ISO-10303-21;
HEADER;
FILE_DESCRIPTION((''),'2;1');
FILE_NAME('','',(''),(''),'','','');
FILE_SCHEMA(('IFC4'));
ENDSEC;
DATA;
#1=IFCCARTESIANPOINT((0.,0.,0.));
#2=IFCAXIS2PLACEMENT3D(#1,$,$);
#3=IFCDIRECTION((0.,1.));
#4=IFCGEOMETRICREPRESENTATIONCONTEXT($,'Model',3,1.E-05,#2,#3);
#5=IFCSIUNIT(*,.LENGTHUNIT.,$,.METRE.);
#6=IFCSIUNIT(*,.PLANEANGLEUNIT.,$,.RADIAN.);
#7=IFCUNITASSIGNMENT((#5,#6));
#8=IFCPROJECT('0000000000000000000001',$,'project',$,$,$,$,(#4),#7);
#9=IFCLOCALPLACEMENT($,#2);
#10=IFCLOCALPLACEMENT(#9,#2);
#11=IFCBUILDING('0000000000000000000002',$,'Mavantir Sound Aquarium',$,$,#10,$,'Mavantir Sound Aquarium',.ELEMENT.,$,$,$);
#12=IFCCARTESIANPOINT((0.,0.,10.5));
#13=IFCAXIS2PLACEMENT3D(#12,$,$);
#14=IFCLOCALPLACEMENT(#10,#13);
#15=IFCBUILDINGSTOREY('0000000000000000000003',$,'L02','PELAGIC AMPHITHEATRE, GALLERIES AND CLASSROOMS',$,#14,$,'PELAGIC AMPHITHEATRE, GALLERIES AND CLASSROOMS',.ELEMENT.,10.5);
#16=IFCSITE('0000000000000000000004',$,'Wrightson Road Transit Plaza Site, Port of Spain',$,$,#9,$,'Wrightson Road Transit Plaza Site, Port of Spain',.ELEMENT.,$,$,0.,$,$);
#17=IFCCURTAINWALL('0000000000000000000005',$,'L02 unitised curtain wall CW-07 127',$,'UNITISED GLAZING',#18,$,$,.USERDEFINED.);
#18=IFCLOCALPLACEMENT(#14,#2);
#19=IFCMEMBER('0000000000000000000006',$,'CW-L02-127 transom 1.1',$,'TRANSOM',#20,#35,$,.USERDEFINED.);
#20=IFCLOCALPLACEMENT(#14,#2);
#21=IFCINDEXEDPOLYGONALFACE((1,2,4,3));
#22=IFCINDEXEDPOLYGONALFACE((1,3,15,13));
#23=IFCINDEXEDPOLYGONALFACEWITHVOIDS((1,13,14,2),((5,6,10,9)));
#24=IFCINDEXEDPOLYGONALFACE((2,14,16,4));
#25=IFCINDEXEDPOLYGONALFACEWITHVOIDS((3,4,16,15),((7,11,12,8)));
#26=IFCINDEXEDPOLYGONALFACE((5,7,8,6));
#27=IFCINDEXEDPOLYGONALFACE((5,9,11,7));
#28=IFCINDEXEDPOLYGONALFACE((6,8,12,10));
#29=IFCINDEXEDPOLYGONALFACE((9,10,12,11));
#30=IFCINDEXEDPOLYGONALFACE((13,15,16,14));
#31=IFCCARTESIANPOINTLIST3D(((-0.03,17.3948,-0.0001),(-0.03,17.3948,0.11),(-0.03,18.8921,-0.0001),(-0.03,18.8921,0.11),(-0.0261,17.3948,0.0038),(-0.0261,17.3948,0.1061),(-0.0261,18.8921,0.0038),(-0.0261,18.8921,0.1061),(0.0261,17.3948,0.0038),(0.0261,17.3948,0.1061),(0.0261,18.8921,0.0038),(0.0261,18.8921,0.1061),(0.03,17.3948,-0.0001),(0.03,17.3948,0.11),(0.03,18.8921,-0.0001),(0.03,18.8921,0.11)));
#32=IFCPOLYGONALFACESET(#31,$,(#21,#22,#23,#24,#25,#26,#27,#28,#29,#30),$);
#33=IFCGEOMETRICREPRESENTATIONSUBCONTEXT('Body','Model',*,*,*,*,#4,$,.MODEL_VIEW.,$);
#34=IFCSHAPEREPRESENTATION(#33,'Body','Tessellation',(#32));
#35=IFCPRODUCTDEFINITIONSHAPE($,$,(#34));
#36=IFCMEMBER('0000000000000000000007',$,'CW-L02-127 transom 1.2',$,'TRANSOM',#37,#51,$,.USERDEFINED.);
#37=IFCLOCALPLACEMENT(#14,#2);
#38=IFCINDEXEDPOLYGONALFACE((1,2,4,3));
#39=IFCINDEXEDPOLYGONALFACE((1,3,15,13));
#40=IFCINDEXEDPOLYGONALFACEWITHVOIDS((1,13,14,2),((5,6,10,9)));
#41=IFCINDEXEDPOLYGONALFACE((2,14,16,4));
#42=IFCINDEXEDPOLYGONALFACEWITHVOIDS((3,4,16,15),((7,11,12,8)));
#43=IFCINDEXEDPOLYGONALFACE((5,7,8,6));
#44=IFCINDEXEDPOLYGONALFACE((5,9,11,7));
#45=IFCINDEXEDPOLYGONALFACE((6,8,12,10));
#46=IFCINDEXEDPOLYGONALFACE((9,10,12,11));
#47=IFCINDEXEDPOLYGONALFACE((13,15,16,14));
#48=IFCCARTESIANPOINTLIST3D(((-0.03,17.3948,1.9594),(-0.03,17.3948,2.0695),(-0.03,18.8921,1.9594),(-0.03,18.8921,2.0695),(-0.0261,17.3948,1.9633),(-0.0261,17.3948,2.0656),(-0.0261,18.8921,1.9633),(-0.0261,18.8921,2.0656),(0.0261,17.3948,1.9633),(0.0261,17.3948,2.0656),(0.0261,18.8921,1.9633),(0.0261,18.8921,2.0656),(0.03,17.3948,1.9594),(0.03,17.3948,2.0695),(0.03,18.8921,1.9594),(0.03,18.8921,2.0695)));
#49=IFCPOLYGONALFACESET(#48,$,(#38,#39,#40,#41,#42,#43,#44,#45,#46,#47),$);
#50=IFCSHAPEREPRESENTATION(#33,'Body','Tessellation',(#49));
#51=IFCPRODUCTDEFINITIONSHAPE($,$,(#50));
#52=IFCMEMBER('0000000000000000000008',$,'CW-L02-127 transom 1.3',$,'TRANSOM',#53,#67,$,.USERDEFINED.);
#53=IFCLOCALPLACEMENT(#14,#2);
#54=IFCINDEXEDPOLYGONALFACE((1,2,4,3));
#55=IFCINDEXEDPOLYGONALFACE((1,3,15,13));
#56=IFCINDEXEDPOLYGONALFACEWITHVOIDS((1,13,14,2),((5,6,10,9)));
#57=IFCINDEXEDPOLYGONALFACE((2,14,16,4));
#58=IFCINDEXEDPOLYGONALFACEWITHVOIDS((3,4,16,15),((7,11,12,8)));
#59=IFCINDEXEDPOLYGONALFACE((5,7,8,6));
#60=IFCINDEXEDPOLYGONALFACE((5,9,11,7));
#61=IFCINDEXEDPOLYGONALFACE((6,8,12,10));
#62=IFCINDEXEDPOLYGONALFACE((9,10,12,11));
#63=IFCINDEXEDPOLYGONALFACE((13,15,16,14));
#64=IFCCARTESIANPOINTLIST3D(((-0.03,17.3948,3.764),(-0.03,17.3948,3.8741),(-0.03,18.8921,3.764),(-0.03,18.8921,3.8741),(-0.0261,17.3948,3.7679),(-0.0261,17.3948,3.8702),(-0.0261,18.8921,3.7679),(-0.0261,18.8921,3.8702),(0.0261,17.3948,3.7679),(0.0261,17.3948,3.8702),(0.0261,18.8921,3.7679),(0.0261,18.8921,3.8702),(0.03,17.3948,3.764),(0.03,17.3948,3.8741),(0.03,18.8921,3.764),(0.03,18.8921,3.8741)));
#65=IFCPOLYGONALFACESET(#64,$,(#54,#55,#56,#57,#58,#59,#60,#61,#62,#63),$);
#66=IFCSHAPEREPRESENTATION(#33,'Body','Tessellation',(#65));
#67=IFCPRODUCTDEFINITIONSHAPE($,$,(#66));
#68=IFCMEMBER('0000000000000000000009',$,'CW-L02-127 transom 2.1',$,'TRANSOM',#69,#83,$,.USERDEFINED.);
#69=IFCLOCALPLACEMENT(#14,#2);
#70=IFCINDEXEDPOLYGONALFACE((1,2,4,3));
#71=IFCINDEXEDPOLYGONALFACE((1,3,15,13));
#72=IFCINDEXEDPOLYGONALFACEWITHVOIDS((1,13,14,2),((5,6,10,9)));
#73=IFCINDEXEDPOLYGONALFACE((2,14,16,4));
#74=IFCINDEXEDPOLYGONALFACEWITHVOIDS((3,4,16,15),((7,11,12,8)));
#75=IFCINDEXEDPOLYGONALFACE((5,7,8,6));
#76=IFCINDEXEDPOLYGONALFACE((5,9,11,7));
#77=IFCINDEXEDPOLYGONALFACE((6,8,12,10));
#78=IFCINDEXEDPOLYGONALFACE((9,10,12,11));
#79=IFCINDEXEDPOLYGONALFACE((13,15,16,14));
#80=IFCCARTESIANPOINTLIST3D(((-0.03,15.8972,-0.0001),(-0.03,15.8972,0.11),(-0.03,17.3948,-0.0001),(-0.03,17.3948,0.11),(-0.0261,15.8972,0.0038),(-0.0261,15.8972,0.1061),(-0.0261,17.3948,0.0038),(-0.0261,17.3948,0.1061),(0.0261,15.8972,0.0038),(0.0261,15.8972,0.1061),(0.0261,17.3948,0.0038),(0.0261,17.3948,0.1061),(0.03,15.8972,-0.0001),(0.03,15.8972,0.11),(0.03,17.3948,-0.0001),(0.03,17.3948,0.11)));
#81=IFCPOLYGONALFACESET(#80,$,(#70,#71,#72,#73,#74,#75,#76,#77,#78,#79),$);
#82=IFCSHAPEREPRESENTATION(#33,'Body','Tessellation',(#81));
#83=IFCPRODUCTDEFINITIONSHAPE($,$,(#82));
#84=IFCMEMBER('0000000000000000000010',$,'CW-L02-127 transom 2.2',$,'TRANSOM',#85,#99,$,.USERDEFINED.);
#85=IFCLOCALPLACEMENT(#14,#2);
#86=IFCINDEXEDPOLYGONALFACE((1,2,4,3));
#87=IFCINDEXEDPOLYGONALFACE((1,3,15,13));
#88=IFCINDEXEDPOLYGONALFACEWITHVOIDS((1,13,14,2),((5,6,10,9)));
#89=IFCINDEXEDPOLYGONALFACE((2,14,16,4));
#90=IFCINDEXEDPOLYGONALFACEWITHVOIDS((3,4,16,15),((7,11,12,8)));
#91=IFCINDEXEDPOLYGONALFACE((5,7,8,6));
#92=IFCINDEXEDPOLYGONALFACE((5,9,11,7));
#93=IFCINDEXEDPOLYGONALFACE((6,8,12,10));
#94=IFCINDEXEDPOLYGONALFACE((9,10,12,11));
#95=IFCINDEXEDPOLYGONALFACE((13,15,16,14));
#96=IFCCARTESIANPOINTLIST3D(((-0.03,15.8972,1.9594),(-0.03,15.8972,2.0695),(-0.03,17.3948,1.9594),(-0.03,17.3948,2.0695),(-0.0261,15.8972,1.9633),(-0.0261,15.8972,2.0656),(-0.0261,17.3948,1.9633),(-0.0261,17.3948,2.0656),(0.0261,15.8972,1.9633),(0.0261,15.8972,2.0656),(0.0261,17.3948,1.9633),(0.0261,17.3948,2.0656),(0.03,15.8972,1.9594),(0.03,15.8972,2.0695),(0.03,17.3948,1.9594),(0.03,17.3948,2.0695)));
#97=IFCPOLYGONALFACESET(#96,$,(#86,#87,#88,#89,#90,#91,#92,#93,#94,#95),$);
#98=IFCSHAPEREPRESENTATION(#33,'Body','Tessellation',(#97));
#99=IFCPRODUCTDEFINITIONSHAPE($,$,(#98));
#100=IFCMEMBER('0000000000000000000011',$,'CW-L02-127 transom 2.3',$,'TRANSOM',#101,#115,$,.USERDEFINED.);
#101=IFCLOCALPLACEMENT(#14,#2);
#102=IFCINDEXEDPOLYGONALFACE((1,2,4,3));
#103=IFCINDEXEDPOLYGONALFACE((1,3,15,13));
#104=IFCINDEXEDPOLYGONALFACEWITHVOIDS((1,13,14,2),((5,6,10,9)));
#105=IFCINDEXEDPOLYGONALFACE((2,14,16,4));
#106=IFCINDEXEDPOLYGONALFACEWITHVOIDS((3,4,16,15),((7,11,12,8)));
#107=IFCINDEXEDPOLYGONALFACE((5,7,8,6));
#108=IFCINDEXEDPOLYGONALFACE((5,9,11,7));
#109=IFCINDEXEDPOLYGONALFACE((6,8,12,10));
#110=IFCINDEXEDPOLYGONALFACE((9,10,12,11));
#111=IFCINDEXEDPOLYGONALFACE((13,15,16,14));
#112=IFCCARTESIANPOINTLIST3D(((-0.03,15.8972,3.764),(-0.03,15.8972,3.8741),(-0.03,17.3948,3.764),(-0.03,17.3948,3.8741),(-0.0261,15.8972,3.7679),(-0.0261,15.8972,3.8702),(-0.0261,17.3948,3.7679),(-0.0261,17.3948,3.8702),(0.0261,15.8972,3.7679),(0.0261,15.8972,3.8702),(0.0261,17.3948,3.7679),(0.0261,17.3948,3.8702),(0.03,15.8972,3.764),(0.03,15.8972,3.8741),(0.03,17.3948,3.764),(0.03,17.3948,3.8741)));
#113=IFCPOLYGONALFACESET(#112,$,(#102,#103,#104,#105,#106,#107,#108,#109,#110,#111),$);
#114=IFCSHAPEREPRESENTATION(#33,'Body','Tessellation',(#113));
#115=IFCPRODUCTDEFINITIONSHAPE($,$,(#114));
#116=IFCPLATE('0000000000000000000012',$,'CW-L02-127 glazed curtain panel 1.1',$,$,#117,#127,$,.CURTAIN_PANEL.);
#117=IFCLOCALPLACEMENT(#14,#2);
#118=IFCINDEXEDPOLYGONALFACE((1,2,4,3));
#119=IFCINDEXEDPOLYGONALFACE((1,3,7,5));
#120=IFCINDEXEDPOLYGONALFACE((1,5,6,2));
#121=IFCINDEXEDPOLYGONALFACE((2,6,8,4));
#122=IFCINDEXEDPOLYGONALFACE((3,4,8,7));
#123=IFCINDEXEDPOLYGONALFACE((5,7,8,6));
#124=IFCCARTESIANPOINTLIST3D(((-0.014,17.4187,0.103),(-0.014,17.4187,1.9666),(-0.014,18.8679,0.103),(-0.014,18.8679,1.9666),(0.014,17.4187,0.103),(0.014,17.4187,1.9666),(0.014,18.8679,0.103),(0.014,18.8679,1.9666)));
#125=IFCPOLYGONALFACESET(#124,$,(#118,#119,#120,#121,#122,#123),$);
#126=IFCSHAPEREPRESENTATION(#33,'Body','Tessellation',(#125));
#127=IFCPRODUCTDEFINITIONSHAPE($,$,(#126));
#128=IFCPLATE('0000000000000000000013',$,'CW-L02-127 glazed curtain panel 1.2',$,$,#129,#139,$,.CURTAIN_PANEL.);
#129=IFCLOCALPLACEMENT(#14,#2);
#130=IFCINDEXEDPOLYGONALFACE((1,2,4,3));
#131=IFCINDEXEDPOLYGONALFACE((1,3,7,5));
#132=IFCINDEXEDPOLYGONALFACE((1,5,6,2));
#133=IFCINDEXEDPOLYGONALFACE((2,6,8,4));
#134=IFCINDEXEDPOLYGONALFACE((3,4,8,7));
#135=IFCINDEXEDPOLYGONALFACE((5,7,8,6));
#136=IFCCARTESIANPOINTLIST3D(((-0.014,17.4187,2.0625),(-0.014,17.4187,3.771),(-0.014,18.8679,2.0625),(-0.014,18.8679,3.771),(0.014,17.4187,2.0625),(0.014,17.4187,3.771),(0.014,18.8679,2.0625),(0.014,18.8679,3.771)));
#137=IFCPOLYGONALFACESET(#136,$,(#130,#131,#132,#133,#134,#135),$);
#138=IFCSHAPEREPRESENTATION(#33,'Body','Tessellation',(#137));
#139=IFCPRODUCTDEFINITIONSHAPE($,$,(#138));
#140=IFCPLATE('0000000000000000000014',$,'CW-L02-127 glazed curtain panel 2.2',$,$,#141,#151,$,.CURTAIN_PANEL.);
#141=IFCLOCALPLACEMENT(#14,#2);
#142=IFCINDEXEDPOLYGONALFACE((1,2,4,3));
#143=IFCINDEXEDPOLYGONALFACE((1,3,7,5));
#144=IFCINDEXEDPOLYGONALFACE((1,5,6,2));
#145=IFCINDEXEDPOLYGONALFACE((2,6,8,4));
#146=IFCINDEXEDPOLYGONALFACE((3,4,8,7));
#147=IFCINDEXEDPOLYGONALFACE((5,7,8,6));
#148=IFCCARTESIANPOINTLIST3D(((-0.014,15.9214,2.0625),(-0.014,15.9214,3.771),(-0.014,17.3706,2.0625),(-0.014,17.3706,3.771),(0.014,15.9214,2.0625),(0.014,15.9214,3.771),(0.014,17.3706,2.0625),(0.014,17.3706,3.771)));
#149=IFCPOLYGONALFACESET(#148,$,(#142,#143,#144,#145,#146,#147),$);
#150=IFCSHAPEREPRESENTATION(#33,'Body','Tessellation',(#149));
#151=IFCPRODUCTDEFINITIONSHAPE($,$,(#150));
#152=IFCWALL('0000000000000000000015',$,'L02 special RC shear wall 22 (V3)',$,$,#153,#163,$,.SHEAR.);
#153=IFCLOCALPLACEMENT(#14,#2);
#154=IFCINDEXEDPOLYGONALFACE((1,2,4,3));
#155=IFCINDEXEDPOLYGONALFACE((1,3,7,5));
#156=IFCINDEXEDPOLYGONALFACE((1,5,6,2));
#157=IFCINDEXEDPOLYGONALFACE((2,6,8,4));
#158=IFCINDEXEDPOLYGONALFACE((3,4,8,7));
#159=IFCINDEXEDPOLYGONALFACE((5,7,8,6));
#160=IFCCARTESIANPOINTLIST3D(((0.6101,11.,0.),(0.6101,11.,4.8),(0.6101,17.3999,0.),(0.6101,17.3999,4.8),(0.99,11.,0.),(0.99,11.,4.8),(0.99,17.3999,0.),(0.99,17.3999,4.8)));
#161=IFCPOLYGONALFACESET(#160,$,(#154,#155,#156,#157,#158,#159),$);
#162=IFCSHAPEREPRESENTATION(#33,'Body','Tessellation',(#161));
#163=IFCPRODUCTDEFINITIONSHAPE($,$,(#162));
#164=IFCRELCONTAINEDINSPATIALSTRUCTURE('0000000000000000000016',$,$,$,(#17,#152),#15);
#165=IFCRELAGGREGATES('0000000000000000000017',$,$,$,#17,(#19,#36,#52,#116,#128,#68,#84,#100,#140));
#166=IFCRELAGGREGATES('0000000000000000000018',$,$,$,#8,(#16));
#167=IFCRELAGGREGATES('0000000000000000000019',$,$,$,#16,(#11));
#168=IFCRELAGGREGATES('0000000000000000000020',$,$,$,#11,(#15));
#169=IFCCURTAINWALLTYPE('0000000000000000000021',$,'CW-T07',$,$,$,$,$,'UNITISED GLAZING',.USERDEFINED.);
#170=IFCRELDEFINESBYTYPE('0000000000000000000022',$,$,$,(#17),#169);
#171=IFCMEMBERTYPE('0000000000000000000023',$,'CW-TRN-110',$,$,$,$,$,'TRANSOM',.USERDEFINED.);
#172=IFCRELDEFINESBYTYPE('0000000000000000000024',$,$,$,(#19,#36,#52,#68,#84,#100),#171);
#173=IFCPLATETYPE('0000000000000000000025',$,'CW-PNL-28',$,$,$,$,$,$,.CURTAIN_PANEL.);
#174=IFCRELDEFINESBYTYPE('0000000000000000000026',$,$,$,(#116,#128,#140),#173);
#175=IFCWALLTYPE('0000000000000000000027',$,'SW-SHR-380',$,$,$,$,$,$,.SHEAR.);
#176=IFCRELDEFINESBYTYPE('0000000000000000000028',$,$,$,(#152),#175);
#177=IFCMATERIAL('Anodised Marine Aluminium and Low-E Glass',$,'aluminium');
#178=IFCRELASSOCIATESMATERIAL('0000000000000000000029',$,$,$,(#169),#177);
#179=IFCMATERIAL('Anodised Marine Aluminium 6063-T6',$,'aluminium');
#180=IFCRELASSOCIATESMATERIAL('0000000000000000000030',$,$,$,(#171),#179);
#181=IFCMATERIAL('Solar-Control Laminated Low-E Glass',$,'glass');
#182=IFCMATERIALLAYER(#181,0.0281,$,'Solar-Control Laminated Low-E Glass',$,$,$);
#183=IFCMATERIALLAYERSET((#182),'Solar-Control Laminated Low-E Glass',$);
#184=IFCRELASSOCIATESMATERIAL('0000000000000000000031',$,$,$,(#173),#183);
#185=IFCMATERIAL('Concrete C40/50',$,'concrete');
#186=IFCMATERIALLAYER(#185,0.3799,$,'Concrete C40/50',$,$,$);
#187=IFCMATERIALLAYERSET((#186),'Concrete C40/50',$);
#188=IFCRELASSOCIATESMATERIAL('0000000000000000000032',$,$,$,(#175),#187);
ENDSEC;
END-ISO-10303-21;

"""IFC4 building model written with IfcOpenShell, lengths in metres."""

from ifc_helpers import new_model, si_unit, direction, frame, frame_2d, origin, origin_2d, place, context, subcontext, project, spatial, rectangle, hollow_rectangle, extrude, material, layer, layer_set, material_profile, profile_set, type_object, element, aggregate, save


model = new_model("IFC4")

# Units and contexts
model_context = context("Model", 3, precision=1e-05, world=origin(), true_north=direction((0.0, 1.0)))
body_context = subcontext(model_context, "Body", "Model", "MODEL_VIEW")
ifc_project = project(units=[si_unit("LENGTHUNIT", "METRE"), si_unit("PLANEANGLEUNIT", "RADIAN")], contexts=[model_context])

# Site, building, storey
site_placement = place(None, origin())
site = spatial("IfcSite", under=ifc_project, at=site_placement, Name="Wrightson Road Transit Plaza Site, Port of Spain", LongName="Wrightson Road Transit Plaza Site, Port of Spain", CompositionType="ELEMENT", RefElevation=0.0)
building_placement = place(site_placement, origin())
building = spatial("IfcBuilding", under=site, at=building_placement, Name="Mavantir Sound Aquarium", LongName="Mavantir Sound Aquarium", CompositionType="ELEMENT")
storey_placement = place(building_placement, frame((0.0, 0.0, 10.5)))
storey = spatial("IfcBuildingStorey", under=building, at=storey_placement, Name="L02", Description="PELAGIC AMPHITHEATRE, GALLERIES AND CLASSROOMS", LongName="PELAGIC AMPHITHEATRE, GALLERIES AND CLASSROOMS", CompositionType="ELEMENT", Elevation=10.5)

# Shared definitions
ifc_material_1 = material(Name="Concrete C40/50", Category="concrete")

# Curtain wall, members, plates
ifc_material_2 = material(Name="Anodised Marine Aluminium and Low-E Glass", Category="aluminium")
curtain_wall_type = type_object("IfcCurtainWallType", Name="CW-T07", ElementType="UNITISED GLAZING", PredefinedType="USERDEFINED", material=ifc_material_2)
curtain_wall_placement = place(storey_placement, origin())
curtain_wall = element("IfcCurtainWall", 1, at=curtain_wall_placement, inside=storey, type_object=curtain_wall_type, Name="L02 unitised curtain wall CW-07 127", ObjectType="UNITISED GLAZING", PredefinedType="USERDEFINED")
ifc_material_3 = material(Name="Anodised Marine Aluminium 6063-T6", Category="aluminium")
ifc_material_profile_1 = material_profile(ifc_material_3, hollow_rectangle(XDim=0.0601, YDim=0.1101, WallThickness=0.0039, at=origin_2d()), Name="ALU-TRANSOM-110X60")
ifc_profile_set_1 = profile_set([ifc_material_profile_1], Name="Anodised Marine Aluminium 6063-T6")
member_type_1 = type_object("IfcMemberType", Name="CW-TRN-110", ElementType="TRANSOM", PredefinedType="USERDEFINED", material=ifc_profile_set_1)
member_1_placement = place(storey_placement, frame((0.0, 18.8921, 0.0549), z_axis=(0.0, -1.0, 0.0), x_axis=(1.0, 0.0, 0.0)))
member_1 = element("IfcMember", 2, at=member_1_placement, type_object=member_type_1, Name="CW-L02-127 transom 1.1", ObjectType="TRANSOM", PredefinedType="USERDEFINED", context=body_context, shape_type="SweptSolid", body=[
    extrude(hollow_rectangle(XDim=0.0601, YDim=0.1101, WallThickness=0.0039, at=origin_2d()), origin(), (0.0, 0.0, 1.0), 1.4973),
])
member_2_placement = place(storey_placement, frame((0.0, 18.8921, 2.0144), z_axis=(0.0, -1.0, 0.0), x_axis=(1.0, 0.0, 0.0)))
member_2 = element("IfcMember", 3, at=member_2_placement, type_object=member_type_1, Name="CW-L02-127 transom 1.2", ObjectType="TRANSOM", PredefinedType="USERDEFINED", context=body_context, shape_type="SweptSolid", body=[
    extrude(hollow_rectangle(XDim=0.0601, YDim=0.1101, WallThickness=0.0039, at=origin_2d()), origin(), (0.0, 0.0, 1.0), 1.4973),
])
member_3_placement = place(storey_placement, frame((0.0, 18.8921, 3.8191), z_axis=(0.0, -1.0, 0.0), x_axis=(1.0, 0.0, 0.0)))
member_3 = element("IfcMember", 4, at=member_3_placement, type_object=member_type_1, Name="CW-L02-127 transom 1.3", ObjectType="TRANSOM", PredefinedType="USERDEFINED", context=body_context, shape_type="SweptSolid", body=[
    extrude(hollow_rectangle(XDim=0.0601, YDim=0.1101, WallThickness=0.0039, at=origin_2d()), origin(), (0.0, 0.0, 1.0), 1.4973),
])
member_4_placement = place(storey_placement, frame((0.0, 17.3948, 0.0549), z_axis=(0.0, -1.0, 0.0), x_axis=(1.0, 0.0, 0.0)))
member_4 = element("IfcMember", 5, at=member_4_placement, type_object=member_type_1, Name="CW-L02-127 transom 2.1", ObjectType="TRANSOM", PredefinedType="USERDEFINED", context=body_context, shape_type="SweptSolid", body=[
    extrude(hollow_rectangle(XDim=0.0601, YDim=0.1101, WallThickness=0.0039, at=origin_2d()), origin(), (0.0, 0.0, 1.0), 1.4976),
])
member_5_placement = place(storey_placement, frame((0.0, 17.3948, 2.0144), z_axis=(0.0, -1.0, 0.0), x_axis=(1.0, 0.0, 0.0)))
member_5 = element("IfcMember", 6, at=member_5_placement, type_object=member_type_1, Name="CW-L02-127 transom 2.2", ObjectType="TRANSOM", PredefinedType="USERDEFINED", context=body_context, shape_type="SweptSolid", body=[
    extrude(hollow_rectangle(XDim=0.0601, YDim=0.1101, WallThickness=0.0039, at=origin_2d()), origin(), (0.0, 0.0, 1.0), 1.4976),
])
member_6_placement = place(storey_placement, frame((0.0, 17.3948, 3.8191), z_axis=(0.0, -1.0, 0.0), x_axis=(1.0, 0.0, 0.0)))
member_6 = element("IfcMember", 7, at=member_6_placement, type_object=member_type_1, Name="CW-L02-127 transom 2.3", ObjectType="TRANSOM", PredefinedType="USERDEFINED", context=body_context, shape_type="SweptSolid", body=[
    extrude(hollow_rectangle(XDim=0.0601, YDim=0.1101, WallThickness=0.0039, at=origin_2d()), origin(), (0.0, 0.0, 1.0), 1.4976),
])
ifc_material_4 = material(Name="Solar-Control Laminated Low-E Glass", Category="glass")
ifc_layer_1 = layer(ifc_material_4, 0.0281, Name="Solar-Control Laminated Low-E Glass")
ifc_layer_set_1 = layer_set([ifc_layer_1], Name="Solar-Control Laminated Low-E Glass")
plate_type = type_object("IfcPlateType", Name="CW-PNL-28", PredefinedType="CURTAIN_PANEL", material=ifc_layer_set_1)
plate_1_placement = place(storey_placement, frame((0.0, 18.1433, 0.103), z_axis=(0.0, 0.0, 1.0), x_axis=(0.0, -1.0, 0.0)))
plate_1 = element("IfcPlate", 8, at=plate_1_placement, type_object=plate_type, Name="CW-L02-127 glazed curtain panel 1.1", PredefinedType="CURTAIN_PANEL", context=body_context, shape_type="SweptSolid", body=[
    extrude(rectangle(XDim=1.4492, YDim=0.0281, at=origin_2d()), origin(), (0.0, 0.0, 1.0), 1.8635),
])
plate_2_placement = place(storey_placement, frame((0.0, 18.1433, 2.0625), z_axis=(0.0, 0.0, 1.0), x_axis=(0.0, -1.0, 0.0)))
plate_2 = element("IfcPlate", 9, at=plate_2_placement, type_object=plate_type, Name="CW-L02-127 glazed curtain panel 1.2", PredefinedType="CURTAIN_PANEL", context=body_context, shape_type="SweptSolid", body=[
    extrude(rectangle(XDim=1.4492, YDim=0.0281, at=origin_2d()), origin(), (0.0, 0.0, 1.0), 1.7085),
])
plate_3_placement = place(storey_placement, frame((0.0, 16.646, 2.0625), z_axis=(0.0, 0.0, 1.0), x_axis=(0.0, -1.0, 0.0)))
plate_3 = element("IfcPlate", 10, at=plate_3_placement, type_object=plate_type, Name="CW-L02-127 glazed curtain panel 2.2", PredefinedType="CURTAIN_PANEL", context=body_context, shape_type="SweptSolid", body=[
    extrude(rectangle(XDim=1.4492, YDim=0.0281, at=origin_2d()), origin(), (0.0, 0.0, 1.0), 1.7085),
])
aggregate(curtain_wall, [member_1, member_2, member_3, plate_1, plate_2, member_4, member_5, member_6, plate_3])

# Wall
ifc_layer_2 = layer(ifc_material_1, 0.3799, Name="Concrete C40/50")
ifc_layer_set_2 = layer_set([ifc_layer_2], Name="Concrete C40/50")
wall_type = type_object("IfcWallType", Name="SW-SHR-380", PredefinedType="SHEAR", material=ifc_layer_set_2)
wall_placement = place(storey_placement, frame((0.8, 11.0, 0.0), z_axis=(0.0, 0.0, 1.0), x_axis=(0.0, 1.0, 0.0)))
element("IfcWall", 11, at=wall_placement, inside=storey, type_object=wall_type, Name="L02 special RC shear wall 22 (V3)", PredefinedType="SHEAR", context=body_context, shape_type="SweptSolid", body=[
    extrude(rectangle(XDim=6.3999, YDim=0.3799, at=frame_2d((3.2, 0.0))), origin(), (0.0, 0.0, 1.0), 4.8),
])

save(model, "model.ifc")
